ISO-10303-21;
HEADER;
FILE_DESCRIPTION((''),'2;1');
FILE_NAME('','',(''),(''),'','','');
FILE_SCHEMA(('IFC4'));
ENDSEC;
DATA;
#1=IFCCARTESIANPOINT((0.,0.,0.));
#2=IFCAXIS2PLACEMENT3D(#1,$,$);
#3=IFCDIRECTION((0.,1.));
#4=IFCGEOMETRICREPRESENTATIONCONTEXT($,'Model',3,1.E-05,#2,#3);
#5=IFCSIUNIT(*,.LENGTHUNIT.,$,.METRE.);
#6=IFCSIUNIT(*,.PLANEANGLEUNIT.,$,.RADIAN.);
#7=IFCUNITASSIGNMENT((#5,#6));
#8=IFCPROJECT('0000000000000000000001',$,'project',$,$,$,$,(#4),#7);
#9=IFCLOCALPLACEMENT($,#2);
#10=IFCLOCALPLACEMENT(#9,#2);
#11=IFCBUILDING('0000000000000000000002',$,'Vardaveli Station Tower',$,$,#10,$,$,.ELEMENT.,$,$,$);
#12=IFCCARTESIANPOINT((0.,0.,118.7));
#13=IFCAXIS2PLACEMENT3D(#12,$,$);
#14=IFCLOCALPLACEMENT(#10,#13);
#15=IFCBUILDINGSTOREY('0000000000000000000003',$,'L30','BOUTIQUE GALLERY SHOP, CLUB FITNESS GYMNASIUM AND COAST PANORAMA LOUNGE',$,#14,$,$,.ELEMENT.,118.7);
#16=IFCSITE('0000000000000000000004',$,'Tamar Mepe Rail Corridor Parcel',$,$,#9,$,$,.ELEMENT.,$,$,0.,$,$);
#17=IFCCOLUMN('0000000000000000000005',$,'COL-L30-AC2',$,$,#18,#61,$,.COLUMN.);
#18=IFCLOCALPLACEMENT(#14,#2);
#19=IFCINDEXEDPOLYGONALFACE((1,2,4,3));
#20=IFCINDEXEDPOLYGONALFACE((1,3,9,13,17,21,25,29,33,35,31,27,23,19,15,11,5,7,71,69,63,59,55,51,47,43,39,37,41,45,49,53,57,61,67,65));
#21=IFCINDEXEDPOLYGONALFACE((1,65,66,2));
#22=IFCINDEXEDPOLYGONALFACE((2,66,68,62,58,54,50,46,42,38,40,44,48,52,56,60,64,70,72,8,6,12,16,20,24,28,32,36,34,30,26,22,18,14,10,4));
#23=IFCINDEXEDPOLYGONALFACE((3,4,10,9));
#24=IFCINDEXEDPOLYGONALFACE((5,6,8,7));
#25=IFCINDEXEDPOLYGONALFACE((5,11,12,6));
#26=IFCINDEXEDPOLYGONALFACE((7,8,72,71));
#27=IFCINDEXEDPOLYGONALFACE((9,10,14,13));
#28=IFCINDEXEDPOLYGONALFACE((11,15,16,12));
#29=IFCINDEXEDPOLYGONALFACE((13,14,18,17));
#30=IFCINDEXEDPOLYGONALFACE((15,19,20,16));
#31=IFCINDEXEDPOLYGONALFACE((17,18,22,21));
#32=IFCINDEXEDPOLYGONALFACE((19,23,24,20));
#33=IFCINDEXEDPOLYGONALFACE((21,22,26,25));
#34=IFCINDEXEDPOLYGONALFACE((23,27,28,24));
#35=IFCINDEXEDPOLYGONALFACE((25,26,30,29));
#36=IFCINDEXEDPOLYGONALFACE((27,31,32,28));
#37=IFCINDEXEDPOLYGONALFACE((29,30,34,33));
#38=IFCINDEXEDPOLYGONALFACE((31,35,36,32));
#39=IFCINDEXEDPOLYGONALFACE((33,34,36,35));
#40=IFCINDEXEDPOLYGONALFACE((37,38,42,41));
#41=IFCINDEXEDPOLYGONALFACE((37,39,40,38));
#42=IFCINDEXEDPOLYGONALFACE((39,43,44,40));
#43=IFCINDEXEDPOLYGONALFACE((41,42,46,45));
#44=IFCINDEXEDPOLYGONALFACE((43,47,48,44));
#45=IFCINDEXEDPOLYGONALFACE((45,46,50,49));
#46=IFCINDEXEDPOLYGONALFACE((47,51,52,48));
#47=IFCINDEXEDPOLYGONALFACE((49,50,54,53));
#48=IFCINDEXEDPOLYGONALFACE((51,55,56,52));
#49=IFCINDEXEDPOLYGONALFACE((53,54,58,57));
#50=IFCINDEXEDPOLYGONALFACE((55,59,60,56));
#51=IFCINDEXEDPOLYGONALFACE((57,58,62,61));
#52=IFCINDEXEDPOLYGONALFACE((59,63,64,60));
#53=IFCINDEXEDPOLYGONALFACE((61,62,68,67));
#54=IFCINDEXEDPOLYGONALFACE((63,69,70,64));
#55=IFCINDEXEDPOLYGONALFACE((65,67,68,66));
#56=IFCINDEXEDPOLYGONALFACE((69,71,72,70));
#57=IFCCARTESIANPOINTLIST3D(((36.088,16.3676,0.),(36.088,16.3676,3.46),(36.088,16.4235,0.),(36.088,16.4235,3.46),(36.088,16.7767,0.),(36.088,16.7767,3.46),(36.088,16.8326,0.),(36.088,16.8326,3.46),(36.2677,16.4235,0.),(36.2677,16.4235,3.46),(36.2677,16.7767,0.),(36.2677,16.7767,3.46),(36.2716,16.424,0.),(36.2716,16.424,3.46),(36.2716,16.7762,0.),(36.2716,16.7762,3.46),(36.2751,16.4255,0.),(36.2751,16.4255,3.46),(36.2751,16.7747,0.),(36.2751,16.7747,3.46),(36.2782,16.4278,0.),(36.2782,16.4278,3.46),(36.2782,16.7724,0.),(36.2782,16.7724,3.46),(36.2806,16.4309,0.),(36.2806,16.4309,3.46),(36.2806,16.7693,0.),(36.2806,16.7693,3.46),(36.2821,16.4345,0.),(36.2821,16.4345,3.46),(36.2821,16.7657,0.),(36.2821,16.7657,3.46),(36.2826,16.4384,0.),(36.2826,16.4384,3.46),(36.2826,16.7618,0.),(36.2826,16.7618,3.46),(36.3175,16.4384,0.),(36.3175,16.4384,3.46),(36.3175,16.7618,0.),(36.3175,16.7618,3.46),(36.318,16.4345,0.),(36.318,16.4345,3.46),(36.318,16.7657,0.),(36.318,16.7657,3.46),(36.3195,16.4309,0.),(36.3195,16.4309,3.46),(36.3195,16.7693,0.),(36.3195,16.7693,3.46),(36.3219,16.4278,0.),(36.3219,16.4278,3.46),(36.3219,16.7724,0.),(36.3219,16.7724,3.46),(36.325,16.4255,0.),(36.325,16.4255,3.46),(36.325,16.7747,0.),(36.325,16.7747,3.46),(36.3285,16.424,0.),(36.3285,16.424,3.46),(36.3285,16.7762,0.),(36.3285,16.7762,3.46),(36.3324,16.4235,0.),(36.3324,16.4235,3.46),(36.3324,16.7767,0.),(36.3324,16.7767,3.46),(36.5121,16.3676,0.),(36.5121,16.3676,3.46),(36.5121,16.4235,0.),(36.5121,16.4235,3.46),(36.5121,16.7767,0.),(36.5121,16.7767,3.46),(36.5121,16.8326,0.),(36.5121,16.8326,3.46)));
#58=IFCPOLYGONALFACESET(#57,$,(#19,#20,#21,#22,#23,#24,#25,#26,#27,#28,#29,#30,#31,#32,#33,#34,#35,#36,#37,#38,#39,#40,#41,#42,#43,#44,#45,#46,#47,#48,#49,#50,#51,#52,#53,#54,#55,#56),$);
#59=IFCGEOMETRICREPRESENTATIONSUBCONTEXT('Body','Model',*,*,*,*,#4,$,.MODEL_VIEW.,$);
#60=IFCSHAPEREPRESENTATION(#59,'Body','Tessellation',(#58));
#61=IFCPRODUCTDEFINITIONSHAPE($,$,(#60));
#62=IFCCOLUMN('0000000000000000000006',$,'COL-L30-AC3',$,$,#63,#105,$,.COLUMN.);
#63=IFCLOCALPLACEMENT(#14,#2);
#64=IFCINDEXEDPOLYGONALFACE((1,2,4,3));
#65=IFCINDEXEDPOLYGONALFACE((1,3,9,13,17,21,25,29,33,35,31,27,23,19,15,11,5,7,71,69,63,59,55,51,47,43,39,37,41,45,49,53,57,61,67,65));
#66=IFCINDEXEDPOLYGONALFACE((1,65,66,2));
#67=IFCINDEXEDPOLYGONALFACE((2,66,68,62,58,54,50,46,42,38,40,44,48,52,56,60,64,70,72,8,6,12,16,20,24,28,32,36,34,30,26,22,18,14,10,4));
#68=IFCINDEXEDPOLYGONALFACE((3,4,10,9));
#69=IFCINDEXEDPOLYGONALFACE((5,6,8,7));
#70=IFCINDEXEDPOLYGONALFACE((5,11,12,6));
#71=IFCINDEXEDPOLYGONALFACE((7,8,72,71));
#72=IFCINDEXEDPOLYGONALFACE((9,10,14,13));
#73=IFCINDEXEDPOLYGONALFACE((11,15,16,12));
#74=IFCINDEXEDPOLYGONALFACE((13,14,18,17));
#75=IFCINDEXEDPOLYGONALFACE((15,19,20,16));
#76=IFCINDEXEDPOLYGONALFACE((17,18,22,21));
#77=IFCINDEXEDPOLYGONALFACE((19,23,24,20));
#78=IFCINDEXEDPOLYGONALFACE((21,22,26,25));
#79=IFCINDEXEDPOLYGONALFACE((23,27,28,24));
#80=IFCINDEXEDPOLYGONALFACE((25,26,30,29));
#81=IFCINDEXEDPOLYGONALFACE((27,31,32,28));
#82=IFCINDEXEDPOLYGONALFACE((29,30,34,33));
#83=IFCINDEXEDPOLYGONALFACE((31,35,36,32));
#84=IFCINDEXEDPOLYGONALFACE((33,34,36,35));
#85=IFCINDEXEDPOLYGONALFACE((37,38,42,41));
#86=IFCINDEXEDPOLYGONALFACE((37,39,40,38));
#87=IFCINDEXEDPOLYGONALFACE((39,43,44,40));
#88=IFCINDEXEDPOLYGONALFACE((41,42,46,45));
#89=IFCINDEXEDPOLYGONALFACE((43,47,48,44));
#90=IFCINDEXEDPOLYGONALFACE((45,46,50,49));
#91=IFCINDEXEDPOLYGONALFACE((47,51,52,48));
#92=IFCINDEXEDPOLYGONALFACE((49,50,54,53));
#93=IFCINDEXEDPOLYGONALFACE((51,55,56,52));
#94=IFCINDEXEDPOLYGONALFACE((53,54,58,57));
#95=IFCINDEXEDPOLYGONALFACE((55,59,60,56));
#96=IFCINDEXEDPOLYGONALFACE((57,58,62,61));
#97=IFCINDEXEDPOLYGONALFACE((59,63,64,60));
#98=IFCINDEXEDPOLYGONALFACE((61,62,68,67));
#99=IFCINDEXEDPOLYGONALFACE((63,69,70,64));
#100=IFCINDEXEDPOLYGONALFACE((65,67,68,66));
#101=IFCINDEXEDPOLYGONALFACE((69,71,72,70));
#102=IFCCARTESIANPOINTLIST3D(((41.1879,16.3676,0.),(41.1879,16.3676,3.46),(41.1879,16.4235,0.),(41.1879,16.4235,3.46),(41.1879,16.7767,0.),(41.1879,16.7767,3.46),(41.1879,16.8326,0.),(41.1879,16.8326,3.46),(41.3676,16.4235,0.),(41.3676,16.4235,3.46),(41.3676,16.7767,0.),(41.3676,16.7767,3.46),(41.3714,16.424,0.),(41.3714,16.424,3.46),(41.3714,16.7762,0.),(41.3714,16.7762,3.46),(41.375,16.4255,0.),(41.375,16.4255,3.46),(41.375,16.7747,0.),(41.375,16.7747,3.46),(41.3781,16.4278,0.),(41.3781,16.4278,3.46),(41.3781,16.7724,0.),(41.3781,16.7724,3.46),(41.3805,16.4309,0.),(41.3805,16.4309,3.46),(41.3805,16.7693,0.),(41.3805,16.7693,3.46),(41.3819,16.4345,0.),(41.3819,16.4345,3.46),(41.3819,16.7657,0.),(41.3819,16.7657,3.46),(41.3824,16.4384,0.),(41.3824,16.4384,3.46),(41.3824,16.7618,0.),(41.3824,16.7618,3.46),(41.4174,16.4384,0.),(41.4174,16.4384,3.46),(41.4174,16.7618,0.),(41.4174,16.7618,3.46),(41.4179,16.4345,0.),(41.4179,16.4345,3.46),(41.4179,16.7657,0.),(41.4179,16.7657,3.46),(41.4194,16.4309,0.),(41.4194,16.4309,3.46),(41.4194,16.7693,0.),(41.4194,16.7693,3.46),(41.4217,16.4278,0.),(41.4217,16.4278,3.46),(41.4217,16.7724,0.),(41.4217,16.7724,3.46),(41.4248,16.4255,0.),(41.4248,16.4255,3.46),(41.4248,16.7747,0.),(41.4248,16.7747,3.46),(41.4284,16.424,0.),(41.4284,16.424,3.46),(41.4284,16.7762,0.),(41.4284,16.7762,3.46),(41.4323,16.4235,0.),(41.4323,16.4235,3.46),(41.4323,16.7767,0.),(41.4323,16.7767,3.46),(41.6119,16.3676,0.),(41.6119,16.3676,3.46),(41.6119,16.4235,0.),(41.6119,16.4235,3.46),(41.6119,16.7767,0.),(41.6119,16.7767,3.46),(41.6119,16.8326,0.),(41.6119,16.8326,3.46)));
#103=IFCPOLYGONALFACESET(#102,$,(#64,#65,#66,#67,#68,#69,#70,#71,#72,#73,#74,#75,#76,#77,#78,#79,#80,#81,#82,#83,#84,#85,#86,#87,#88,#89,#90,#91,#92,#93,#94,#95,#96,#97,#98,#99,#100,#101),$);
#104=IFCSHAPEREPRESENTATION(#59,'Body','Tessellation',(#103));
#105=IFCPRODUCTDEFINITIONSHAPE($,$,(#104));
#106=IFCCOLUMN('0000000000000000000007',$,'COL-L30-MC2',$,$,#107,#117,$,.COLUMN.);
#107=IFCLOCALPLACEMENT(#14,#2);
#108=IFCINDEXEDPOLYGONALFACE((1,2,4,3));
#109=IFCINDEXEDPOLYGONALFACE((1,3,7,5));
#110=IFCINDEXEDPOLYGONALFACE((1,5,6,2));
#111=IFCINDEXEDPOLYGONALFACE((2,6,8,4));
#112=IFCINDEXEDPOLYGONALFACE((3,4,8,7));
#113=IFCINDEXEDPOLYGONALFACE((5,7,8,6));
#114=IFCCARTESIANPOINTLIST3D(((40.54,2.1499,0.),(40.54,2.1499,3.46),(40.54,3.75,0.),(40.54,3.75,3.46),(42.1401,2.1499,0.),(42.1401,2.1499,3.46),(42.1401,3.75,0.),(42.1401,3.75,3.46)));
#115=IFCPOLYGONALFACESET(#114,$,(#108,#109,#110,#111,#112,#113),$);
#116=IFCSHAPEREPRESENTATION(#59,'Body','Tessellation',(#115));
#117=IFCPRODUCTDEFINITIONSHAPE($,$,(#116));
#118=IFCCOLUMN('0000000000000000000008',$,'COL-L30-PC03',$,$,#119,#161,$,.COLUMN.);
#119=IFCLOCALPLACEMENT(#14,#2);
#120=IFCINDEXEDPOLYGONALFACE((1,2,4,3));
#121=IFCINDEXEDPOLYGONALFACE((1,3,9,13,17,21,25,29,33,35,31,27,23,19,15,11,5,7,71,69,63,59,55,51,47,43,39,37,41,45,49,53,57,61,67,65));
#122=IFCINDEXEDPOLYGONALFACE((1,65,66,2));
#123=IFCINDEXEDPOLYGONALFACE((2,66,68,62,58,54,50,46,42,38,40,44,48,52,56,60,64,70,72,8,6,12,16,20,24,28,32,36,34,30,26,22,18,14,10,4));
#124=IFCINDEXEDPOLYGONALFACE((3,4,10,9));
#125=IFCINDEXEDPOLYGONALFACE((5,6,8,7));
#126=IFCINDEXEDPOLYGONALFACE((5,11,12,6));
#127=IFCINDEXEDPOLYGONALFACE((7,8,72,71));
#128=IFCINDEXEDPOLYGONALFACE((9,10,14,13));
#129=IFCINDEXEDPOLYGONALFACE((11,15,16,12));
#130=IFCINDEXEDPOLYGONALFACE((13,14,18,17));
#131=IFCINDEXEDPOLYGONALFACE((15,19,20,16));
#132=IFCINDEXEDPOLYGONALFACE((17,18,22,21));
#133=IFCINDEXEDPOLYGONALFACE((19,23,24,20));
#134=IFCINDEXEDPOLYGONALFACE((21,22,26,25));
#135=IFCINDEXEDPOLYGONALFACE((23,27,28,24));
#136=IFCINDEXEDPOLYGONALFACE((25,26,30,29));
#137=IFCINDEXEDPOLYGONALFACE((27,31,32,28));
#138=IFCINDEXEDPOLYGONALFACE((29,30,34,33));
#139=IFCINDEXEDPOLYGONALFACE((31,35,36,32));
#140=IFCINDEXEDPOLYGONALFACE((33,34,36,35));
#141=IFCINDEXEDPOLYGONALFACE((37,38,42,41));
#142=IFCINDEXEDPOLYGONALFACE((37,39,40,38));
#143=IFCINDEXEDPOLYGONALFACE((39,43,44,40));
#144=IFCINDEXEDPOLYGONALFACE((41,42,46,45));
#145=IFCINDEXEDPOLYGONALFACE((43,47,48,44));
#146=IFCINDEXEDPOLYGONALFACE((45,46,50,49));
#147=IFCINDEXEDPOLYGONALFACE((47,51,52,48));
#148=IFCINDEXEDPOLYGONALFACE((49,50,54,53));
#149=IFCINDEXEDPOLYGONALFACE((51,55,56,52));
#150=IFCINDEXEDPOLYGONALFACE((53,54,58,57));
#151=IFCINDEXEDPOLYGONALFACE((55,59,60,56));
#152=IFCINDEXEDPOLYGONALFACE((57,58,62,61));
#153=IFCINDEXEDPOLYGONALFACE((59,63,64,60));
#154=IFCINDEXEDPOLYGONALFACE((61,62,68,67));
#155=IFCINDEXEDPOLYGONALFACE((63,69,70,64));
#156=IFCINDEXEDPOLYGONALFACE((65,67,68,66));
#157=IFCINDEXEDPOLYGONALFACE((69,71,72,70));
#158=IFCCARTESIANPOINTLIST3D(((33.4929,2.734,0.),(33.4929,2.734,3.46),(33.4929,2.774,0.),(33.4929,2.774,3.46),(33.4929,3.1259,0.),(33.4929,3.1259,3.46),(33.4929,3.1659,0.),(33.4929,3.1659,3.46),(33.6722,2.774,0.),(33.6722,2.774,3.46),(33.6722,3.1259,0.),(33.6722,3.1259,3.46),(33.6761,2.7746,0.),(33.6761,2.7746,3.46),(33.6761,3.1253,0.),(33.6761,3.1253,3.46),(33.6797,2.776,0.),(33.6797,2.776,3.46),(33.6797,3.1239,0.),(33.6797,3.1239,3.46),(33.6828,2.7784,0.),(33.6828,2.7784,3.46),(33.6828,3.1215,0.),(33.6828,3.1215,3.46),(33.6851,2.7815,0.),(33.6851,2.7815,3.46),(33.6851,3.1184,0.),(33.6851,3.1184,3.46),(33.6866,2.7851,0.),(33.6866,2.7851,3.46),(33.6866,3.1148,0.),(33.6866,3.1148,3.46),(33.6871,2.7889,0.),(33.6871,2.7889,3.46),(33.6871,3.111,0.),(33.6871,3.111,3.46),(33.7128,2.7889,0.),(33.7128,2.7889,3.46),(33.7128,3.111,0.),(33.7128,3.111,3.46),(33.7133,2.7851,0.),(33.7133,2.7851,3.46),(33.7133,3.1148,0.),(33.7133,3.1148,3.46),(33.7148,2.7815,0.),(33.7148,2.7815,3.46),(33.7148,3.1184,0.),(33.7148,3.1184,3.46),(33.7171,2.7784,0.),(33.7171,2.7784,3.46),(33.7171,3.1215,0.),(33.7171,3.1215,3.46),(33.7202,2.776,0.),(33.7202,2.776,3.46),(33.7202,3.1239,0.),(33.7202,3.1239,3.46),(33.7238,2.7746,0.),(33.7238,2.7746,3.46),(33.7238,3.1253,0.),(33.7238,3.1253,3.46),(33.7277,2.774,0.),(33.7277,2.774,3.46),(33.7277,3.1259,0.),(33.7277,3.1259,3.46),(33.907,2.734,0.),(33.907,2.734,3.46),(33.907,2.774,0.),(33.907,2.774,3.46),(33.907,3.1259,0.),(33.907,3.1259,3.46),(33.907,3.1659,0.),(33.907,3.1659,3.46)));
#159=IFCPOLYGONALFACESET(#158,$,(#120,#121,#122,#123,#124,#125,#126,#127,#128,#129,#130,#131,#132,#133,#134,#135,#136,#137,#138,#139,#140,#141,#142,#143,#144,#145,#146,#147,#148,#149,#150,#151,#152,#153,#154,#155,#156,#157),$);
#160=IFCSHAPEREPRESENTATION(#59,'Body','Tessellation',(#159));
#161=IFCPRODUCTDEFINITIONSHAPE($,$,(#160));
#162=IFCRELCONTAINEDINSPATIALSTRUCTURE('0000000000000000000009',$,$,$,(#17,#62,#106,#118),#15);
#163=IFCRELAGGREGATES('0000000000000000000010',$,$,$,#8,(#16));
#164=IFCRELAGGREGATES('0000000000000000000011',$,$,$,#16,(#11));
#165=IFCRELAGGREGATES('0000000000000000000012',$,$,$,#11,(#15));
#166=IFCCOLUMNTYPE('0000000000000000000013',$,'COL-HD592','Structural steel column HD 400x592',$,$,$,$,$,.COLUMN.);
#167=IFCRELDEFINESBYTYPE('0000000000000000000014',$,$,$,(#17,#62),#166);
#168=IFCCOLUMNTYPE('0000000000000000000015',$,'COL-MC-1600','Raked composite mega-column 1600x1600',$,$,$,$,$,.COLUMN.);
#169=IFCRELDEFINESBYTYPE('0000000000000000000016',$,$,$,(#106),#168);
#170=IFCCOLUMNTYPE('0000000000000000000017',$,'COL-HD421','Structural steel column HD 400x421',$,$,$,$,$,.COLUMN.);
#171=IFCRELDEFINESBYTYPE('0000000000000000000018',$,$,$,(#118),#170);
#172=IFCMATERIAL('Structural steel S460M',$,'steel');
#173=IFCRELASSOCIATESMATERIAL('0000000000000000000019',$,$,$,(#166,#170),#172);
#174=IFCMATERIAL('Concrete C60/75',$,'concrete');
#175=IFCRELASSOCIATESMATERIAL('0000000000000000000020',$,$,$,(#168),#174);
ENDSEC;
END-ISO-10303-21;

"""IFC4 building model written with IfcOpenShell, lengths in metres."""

from ifc_helpers import new_model, si_unit, direction, frame, origin, origin_2d, place, context, subcontext, project, spatial, rectangle, i_section, extrude, source, transform, mapped, material, material_profile, profile_set, type_object, element, save


model = new_model("IFC4")

# Units and contexts
model_context = context("Model", 3, precision=1e-05, world=origin(), true_north=direction((0.0, 1.0)))
body_context = subcontext(model_context, "Body", "Model", "MODEL_VIEW")
ifc_project = project(units=[si_unit("LENGTHUNIT", "METRE"), si_unit("PLANEANGLEUNIT", "RADIAN")], contexts=[model_context])

# Site, building, storey
site_placement = place(None, origin())
site = spatial("IfcSite", under=ifc_project, at=site_placement, Name="Tamar Mepe Rail Corridor Parcel", CompositionType="ELEMENT", RefElevation=0.0)
building_placement = place(site_placement, origin())
building = spatial("IfcBuilding", under=site, at=building_placement, Name="Vardaveli Station Tower", CompositionType="ELEMENT")
storey_placement = place(building_placement, frame((0.0, 0.0, 118.7)))
storey = spatial("IfcBuildingStorey", under=building, at=storey_placement, Name="L30", Description="BOUTIQUE GALLERY SHOP, CLUB FITNESS GYMNASIUM AND COAST PANORAMA LOUNGE", CompositionType="ELEMENT", Elevation=118.7)

# Columns
ifc_material_1 = material(Name="Structural steel S460M", Category="steel")
ifc_material_profile_1 = material_profile(ifc_material_1, i_section(OverallWidth=0.4241, OverallDepth=0.4651, WebThickness=0.0349, FlangeThickness=0.0559, FilletRadius=0.0149, at=origin_2d()), Name="HD 400x592")
ifc_profile_set_1 = profile_set([ifc_material_profile_1], Name="Structural steel S460M")
column_type_1 = type_object("IfcColumnType", Name="COL-HD592", Description="Structural steel column HD 400x592", PredefinedType="COLUMN", material=ifc_profile_set_1)
shared_shape_1 = source(origin(), body_context, "Body", "SweptSolid", [
    extrude(i_section(OverallWidth=0.4241, OverallDepth=0.4651, WebThickness=0.0349, FlangeThickness=0.0559, FilletRadius=0.0149, at=origin_2d()), origin(), (0.0, 0.0, 1.0), 3.46),
])
for number, where, z_axis, x_axis, name in (
    (1, (36.3, 16.6001, 0.0), (0.0, 0.0, 1.0), (1.0, 0.0, 0.0), "COL-L30-AC2"),
    (2, (41.3999, 16.6001, 0.0), (0.0, 0.0, 1.0), (1.0, 0.0, 0.0), "COL-L30-AC3"),
):
    element("IfcColumn", number, at=place(storey_placement, frame(where, z_axis=z_axis, x_axis=x_axis)), inside=storey, type_object=column_type_1, Name=name, PredefinedType="COLUMN", context=body_context, shape_type="MappedRepresentation", body=[
        mapped(shared_shape_1, transform((0.0, 0.0, 0.0), scale=1.0)),
    ])
ifc_material_2 = material(Name="Concrete C60/75", Category="concrete")
ifc_material_profile_2 = material_profile(ifc_material_2, rectangle(XDim=1.6001, YDim=1.6001, at=origin_2d()), Name="MC 1600x1600")
ifc_profile_set_2 = profile_set([ifc_material_profile_2], Name="Concrete C60/75")
column_type_2 = type_object("IfcColumnType", Name="COL-MC-1600", Description="Raked composite mega-column 1600x1600", PredefinedType="COLUMN", material=ifc_profile_set_2)
shared_shape_2 = source(origin(), body_context, "Body", "SweptSolid", [
    extrude(rectangle(XDim=1.6001, YDim=1.6001, at=origin_2d()), origin(), (0.0, 0.0, 1.0), 3.46),
])
column_1_placement = place(storey_placement, frame((41.3401, 2.95, 0.0), z_axis=(0.0, 0.0, 1.0), x_axis=(1.0, 0.0, 0.0)))
element("IfcColumn", 3, at=column_1_placement, inside=storey, type_object=column_type_2, Name="COL-L30-MC2", PredefinedType="COLUMN", context=body_context, shape_type="MappedRepresentation", body=[
    mapped(shared_shape_2, transform((0.0, 0.0, 0.0), scale=1.0)),
])
ifc_material_profile_3 = material_profile(ifc_material_1, i_section(OverallWidth=0.4141, OverallDepth=0.4319, WebThickness=0.0256, FlangeThickness=0.04, FilletRadius=0.0149, at=origin_2d()), Name="HD 400x421")
ifc_profile_set_3 = profile_set([ifc_material_profile_3], Name="Structural steel S460M")
column_type_3 = type_object("IfcColumnType", Name="COL-HD421", Description="Structural steel column HD 400x421", PredefinedType="COLUMN", material=ifc_profile_set_3)
shared_shape_3 = source(origin(), body_context, "Body", "SweptSolid", [
    extrude(i_section(OverallWidth=0.4141, OverallDepth=0.4319, WebThickness=0.0256, FlangeThickness=0.04, FilletRadius=0.0149, at=origin_2d()), origin(), (0.0, 0.0, 1.0), 3.46),
])
column_2_placement = place(storey_placement, frame((33.7, 2.95, 0.0), z_axis=(0.0, 0.0, 1.0), x_axis=(1.0, 0.0, 0.0)))
element("IfcColumn", 4, at=column_2_placement, inside=storey, type_object=column_type_3, Name="COL-L30-PC03", PredefinedType="COLUMN", context=body_context, shape_type="MappedRepresentation", body=[
    mapped(shared_shape_3, transform((0.0, 0.0, 0.0), scale=1.0)),
])

save(model, "model.ifc")
